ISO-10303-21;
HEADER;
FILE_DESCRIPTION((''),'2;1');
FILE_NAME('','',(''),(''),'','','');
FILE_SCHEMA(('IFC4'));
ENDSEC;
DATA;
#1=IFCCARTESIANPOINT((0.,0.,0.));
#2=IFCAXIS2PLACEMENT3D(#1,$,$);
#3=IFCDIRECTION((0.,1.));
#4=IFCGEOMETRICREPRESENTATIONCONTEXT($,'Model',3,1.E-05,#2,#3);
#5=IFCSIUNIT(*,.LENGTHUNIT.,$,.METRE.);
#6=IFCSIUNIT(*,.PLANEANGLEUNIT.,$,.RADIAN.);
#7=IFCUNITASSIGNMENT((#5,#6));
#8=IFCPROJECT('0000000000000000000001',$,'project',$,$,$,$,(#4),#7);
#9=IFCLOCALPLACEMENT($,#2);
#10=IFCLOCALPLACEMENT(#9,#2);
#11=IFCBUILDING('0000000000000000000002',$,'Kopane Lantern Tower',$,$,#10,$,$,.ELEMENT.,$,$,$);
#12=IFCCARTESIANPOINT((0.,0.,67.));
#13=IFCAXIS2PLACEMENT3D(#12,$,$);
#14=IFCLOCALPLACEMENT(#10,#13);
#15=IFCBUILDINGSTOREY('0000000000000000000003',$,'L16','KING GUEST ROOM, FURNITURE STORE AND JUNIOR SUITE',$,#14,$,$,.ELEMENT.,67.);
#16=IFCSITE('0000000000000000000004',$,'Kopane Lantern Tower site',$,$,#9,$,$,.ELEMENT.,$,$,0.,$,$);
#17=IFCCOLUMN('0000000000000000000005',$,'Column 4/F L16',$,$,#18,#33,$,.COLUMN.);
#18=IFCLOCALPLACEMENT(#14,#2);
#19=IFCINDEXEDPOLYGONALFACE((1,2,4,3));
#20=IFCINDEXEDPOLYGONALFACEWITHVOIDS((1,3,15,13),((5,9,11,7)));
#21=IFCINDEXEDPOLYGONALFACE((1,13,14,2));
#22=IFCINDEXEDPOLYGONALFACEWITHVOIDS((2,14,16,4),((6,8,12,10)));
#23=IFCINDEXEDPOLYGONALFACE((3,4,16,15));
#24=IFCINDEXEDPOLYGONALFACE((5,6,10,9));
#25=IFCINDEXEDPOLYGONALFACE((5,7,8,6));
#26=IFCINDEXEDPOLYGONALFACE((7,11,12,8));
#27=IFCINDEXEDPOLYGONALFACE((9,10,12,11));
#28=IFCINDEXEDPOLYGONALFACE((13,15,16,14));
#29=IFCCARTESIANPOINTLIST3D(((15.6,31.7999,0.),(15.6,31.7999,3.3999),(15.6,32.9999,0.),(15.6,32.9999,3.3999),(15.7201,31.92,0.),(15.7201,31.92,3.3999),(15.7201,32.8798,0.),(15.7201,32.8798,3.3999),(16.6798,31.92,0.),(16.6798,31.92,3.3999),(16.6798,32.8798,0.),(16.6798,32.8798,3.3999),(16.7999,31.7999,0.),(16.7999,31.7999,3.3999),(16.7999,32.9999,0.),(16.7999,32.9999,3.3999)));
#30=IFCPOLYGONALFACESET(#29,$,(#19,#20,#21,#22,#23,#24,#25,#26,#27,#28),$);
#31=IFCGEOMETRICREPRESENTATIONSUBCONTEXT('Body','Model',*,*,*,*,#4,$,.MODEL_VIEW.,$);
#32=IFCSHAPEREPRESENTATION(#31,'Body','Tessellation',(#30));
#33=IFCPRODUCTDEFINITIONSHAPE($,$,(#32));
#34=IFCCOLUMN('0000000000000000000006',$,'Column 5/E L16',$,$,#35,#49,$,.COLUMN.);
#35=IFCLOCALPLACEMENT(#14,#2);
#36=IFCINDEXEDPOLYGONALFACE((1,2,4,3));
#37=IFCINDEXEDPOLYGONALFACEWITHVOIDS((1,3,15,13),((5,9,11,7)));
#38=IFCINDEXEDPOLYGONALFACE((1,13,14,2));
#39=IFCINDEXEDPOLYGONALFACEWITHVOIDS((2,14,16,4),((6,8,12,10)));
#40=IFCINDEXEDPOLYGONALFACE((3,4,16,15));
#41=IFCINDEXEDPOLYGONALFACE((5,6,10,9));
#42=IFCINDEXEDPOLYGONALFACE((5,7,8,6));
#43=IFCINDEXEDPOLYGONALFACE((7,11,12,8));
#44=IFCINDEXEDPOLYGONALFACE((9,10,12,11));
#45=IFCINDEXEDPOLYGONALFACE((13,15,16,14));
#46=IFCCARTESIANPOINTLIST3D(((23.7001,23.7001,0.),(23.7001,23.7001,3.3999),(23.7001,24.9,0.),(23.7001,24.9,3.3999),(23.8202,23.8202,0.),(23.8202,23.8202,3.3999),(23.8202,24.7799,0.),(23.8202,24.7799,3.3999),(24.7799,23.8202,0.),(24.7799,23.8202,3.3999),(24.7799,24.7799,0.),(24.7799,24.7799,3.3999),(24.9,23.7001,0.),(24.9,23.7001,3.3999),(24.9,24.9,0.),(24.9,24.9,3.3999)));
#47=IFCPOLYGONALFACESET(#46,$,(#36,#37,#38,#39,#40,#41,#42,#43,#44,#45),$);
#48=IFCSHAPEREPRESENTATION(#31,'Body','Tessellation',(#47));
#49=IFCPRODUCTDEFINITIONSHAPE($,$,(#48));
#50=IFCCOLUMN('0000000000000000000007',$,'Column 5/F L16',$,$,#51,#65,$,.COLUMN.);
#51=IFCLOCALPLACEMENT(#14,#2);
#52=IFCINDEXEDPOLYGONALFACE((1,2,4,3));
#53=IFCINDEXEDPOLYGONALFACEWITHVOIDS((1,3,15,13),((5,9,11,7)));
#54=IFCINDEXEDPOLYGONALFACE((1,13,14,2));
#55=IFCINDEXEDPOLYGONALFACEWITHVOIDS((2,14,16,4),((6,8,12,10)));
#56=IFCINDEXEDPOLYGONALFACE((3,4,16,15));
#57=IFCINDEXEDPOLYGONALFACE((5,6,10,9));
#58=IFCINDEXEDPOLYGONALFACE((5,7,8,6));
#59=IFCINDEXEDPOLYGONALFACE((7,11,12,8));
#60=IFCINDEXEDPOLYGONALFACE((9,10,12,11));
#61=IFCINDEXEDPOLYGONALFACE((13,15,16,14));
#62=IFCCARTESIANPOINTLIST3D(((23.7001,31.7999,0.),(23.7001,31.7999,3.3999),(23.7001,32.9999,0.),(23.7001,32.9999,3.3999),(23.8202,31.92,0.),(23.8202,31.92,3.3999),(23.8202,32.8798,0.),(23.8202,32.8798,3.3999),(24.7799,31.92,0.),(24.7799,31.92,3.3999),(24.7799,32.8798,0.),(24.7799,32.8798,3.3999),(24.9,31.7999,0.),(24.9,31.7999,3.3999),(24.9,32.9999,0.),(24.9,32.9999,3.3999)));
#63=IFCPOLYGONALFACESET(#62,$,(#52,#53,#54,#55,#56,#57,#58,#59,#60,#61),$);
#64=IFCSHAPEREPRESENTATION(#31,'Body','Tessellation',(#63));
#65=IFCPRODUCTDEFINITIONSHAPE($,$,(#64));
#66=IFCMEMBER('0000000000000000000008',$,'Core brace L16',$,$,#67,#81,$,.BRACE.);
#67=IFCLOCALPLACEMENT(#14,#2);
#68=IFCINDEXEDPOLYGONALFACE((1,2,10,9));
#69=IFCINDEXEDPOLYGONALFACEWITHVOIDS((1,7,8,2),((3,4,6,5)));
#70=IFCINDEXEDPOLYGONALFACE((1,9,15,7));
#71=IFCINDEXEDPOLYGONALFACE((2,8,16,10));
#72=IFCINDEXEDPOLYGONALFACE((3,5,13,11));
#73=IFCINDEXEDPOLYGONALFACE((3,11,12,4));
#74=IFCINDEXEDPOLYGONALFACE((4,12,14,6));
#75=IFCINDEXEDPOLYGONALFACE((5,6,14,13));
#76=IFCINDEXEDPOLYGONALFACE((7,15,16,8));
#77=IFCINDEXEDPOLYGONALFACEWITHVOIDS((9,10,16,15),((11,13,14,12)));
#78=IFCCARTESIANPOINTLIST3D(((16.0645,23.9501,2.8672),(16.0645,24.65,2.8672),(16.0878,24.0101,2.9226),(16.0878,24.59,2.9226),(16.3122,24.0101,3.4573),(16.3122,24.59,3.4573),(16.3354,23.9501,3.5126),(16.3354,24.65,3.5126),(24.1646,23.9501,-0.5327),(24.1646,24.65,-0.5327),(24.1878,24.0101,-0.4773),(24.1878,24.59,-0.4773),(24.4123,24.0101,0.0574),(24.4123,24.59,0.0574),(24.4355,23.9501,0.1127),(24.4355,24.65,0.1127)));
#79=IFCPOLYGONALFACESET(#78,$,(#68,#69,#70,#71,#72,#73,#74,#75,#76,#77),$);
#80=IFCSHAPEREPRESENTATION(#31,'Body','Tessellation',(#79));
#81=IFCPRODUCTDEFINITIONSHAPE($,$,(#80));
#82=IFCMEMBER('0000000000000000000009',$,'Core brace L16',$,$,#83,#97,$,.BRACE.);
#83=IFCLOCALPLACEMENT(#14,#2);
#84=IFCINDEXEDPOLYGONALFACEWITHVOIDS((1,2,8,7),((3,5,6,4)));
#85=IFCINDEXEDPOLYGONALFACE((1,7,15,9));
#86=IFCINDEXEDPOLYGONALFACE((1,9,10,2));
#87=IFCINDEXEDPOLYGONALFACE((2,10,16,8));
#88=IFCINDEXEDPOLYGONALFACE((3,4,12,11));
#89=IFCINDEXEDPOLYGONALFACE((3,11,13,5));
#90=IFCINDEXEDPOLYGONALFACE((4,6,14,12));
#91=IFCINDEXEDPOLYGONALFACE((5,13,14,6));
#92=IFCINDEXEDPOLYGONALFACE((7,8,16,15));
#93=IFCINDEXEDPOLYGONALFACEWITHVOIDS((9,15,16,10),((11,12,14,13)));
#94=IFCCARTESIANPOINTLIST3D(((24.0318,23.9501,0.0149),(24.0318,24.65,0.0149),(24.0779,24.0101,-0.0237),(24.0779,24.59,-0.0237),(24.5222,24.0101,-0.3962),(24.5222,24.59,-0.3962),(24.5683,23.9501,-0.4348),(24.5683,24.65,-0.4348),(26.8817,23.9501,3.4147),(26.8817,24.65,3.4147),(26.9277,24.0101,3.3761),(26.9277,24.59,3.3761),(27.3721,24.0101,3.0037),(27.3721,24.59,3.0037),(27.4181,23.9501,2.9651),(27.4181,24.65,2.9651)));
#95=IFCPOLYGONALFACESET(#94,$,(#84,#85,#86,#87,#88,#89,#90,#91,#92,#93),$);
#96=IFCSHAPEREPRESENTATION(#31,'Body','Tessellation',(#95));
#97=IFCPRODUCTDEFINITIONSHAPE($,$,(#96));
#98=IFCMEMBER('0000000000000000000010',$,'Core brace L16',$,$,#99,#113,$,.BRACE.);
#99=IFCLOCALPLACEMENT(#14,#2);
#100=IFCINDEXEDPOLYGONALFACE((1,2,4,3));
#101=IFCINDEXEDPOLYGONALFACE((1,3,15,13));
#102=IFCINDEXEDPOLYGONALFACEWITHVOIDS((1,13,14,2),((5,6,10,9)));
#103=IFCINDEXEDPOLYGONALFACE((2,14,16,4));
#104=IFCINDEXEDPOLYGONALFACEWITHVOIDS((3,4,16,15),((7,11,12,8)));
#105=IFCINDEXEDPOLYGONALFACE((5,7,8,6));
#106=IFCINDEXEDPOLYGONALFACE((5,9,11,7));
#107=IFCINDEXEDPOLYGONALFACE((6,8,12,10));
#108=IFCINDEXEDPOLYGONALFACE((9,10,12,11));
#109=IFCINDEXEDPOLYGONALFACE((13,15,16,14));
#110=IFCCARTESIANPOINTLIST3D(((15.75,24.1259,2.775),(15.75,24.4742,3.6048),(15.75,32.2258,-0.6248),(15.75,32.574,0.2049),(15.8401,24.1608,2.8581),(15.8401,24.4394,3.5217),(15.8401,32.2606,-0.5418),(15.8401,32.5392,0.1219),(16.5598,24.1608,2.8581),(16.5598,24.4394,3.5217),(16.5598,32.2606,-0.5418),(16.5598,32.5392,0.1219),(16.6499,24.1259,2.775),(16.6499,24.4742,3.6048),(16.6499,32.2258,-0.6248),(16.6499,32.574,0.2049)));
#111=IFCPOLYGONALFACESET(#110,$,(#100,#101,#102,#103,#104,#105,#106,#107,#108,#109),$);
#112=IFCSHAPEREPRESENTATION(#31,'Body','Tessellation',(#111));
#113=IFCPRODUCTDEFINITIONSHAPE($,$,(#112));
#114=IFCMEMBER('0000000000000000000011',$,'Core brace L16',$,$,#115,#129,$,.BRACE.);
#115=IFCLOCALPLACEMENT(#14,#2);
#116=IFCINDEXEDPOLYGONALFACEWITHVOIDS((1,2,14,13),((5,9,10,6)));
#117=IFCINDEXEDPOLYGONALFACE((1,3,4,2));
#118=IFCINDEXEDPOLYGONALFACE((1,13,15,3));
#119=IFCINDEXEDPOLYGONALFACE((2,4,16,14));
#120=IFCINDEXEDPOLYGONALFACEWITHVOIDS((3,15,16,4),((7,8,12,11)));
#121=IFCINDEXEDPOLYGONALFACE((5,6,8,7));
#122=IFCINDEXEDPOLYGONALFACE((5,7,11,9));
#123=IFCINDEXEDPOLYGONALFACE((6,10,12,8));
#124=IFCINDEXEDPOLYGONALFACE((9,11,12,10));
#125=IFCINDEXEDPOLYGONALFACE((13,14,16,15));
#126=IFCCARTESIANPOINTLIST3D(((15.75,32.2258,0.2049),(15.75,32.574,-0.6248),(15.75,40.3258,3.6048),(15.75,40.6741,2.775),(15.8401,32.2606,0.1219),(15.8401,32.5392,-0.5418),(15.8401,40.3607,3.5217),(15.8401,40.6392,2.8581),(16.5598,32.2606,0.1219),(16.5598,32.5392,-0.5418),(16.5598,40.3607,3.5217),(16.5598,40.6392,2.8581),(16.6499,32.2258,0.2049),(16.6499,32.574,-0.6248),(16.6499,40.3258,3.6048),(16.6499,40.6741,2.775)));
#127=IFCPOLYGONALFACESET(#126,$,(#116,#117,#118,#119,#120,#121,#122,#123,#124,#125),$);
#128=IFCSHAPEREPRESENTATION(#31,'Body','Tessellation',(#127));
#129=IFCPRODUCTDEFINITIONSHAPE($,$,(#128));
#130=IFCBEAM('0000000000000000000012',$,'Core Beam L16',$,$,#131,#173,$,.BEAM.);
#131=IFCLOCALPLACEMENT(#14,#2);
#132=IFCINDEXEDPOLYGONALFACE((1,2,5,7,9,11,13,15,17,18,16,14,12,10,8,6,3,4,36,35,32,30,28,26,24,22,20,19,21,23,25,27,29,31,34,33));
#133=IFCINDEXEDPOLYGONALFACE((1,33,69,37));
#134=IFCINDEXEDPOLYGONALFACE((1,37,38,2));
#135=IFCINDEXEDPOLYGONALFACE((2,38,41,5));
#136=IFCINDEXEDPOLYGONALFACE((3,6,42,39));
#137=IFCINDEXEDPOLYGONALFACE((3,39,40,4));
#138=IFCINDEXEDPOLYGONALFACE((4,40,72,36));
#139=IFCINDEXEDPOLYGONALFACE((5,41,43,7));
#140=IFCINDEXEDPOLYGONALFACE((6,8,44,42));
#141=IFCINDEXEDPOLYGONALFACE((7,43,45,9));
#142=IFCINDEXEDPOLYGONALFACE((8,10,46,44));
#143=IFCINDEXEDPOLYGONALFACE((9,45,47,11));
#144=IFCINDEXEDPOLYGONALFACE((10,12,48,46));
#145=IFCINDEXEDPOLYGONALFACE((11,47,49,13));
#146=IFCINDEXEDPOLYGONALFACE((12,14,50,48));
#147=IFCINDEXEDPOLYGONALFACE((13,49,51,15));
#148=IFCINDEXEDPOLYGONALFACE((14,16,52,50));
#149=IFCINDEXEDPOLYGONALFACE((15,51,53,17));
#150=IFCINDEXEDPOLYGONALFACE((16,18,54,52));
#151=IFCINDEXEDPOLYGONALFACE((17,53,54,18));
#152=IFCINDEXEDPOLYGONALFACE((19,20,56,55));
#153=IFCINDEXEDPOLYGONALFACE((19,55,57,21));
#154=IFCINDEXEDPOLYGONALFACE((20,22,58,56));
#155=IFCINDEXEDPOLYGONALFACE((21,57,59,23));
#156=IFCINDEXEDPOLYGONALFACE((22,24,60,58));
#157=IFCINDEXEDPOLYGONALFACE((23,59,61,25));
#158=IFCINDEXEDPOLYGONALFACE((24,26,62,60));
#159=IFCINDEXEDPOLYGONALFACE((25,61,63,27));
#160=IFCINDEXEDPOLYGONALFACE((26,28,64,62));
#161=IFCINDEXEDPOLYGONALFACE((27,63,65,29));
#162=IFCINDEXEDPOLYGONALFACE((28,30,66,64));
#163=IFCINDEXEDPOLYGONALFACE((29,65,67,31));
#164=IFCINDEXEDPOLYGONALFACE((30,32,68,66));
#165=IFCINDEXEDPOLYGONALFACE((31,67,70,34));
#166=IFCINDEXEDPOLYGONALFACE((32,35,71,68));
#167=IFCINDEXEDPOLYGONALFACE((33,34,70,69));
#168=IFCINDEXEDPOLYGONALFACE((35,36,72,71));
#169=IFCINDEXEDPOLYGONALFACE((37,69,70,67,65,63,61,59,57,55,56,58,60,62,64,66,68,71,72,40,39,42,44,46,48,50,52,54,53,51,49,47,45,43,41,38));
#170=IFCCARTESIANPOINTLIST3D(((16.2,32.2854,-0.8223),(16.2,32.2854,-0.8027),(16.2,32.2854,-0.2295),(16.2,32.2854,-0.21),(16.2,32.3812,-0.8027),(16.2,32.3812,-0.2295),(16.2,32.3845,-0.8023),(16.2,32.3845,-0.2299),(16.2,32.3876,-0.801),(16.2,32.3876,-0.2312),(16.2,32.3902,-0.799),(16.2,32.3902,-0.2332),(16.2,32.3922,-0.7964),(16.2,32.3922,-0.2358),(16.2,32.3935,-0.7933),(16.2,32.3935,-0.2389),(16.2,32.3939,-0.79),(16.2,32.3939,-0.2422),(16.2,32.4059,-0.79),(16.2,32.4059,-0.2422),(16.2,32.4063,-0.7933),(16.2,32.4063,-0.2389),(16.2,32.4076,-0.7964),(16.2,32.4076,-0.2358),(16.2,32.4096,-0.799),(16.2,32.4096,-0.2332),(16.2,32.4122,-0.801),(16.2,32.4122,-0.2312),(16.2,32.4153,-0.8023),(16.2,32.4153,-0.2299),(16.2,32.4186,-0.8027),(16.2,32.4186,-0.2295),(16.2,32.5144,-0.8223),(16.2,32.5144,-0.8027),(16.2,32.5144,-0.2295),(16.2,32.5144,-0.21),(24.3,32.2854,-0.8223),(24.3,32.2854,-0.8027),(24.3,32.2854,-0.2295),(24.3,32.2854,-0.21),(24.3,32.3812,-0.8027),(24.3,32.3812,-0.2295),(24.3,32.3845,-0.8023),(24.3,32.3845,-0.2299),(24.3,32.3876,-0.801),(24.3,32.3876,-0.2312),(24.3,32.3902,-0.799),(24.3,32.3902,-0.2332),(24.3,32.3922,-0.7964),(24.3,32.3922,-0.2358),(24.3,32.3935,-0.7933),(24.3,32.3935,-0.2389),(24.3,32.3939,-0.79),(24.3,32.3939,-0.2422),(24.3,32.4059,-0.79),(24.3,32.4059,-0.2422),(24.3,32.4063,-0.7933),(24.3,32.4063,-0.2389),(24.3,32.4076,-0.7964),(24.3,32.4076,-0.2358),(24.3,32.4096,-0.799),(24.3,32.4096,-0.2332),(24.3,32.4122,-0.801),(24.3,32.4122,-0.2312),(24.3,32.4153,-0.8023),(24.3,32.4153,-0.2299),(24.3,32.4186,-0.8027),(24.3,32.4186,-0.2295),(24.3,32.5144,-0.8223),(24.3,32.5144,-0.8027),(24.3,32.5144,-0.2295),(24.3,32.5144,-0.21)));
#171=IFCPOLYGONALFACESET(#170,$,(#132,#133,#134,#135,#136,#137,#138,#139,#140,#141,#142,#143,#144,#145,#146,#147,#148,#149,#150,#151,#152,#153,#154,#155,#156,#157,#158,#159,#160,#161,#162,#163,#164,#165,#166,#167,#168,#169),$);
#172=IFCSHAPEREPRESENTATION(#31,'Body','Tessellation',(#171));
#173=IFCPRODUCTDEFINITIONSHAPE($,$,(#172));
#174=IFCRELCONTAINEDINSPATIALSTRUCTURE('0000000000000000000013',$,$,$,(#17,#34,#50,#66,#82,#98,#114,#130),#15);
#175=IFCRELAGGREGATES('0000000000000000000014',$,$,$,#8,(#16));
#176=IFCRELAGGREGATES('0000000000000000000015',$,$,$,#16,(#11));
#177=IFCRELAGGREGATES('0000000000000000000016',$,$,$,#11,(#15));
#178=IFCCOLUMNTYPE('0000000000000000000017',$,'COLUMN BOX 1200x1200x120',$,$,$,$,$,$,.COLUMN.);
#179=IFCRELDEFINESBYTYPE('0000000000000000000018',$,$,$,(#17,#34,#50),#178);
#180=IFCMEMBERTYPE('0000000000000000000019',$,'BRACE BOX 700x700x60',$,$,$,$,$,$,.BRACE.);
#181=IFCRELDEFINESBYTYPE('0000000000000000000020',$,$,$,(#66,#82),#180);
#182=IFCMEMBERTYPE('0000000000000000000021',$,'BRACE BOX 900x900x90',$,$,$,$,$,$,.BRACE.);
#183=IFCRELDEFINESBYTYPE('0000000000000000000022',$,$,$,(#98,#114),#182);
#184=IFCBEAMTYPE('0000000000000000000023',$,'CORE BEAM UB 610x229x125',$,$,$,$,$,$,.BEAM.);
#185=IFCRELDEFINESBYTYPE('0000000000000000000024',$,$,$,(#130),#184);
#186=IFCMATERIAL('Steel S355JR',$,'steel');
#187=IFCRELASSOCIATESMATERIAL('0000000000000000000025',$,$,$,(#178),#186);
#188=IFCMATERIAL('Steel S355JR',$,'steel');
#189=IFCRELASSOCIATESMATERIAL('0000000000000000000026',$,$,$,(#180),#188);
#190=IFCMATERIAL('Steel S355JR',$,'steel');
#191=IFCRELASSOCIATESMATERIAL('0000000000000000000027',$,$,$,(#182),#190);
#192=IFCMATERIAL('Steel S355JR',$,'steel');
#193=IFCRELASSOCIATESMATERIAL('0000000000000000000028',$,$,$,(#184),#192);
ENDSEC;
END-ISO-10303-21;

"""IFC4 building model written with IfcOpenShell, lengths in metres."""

from ifc_helpers import new_model, si_unit, direction, frame, origin, origin_2d, place, context, subcontext, project, spatial, hollow_rectangle, i_section, extrude, material, material_profile, profile_set, type_object, element, save


model = new_model("IFC4")

# Units and contexts
model_context = context("Model", 3, precision=1e-05, world=origin(), true_north=direction((0.0, 1.0)))
body_context = subcontext(model_context, "Body", "Model", "MODEL_VIEW")
ifc_project = project(units=[si_unit("LENGTHUNIT", "METRE"), si_unit("PLANEANGLEUNIT", "RADIAN")], contexts=[model_context])

# Site, building, storey
site_placement = place(None, origin())
site = spatial("IfcSite", under=ifc_project, at=site_placement, Name="Kopane Lantern Tower site", CompositionType="ELEMENT", RefElevation=0.0)
building_placement = place(site_placement, origin())
building = spatial("IfcBuilding", under=site, at=building_placement, Name="Kopane Lantern Tower", CompositionType="ELEMENT")
storey_placement = place(building_placement, frame((0.0, 0.0, 67.0)))
storey = spatial("IfcBuildingStorey", under=building, at=storey_placement, Name="L16", Description="KING GUEST ROOM, FURNITURE STORE AND JUNIOR SUITE", CompositionType="ELEMENT", Elevation=67.0)

# Columns
ifc_material_1 = material(Name="Steel S355JR", Category="steel")
ifc_material_profile_1 = material_profile(ifc_material_1, hollow_rectangle(XDim=1.2, YDim=1.2, WallThickness=0.1201, at=origin_2d()), Name="BOX 1200x1200x120")
ifc_profile_set_1 = profile_set([ifc_material_profile_1], Name="Steel S355JR")
column_type = type_object("IfcColumnType", Name="COLUMN BOX 1200x1200x120", PredefinedType="COLUMN", material=ifc_profile_set_1)
for number, where, z_axis, x_axis, name in (
    (1, (16.2, 32.3999, 0.0), (0.0, 0.0, 1.0), (1.0, 0.0, 0.0), "Column 4/F L16"),
    (2, (24.3, 24.3, 0.0), (0.0, 0.0, 1.0), (1.0, 0.0, 0.0), "Column 5/E L16"),
    (3, (24.3, 32.3999, 0.0), (0.0, 0.0, 1.0), (1.0, 0.0, 0.0), "Column 5/F L16"),
):
    element("IfcColumn", number, at=place(storey_placement, frame(where, z_axis=z_axis, x_axis=x_axis)), inside=storey, type_object=column_type, Name=name, PredefinedType="COLUMN", context=body_context, shape_type="SweptSolid", body=[
        extrude(hollow_rectangle(XDim=1.2, YDim=1.2, WallThickness=0.1201, at=origin_2d()), origin(), (0.0, 0.0, 1.0), 3.3999),
    ])

# Members
ifc_material_2 = material(Name="Steel S355JR", Category="steel")
ifc_material_profile_2 = material_profile(ifc_material_2, hollow_rectangle(XDim=0.7, YDim=0.7, WallThickness=0.0601, at=origin_2d()), Name="BOX 700x700x60")
ifc_profile_set_2 = profile_set([ifc_material_profile_2], Name="Steel S355JR")
member_type_1 = type_object("IfcMemberType", Name="BRACE BOX 700x700x60", PredefinedType="BRACE", material=ifc_profile_set_2)
member_1_placement = place(storey_placement, frame((24.3, 24.3, -0.21), z_axis=(-0.922069, 0.0, 0.387026), x_axis=(0.0, -1.0, 0.0)))
element("IfcMember", 4, at=member_1_placement, inside=storey, type_object=member_type_1, Name="Core brace L16", PredefinedType="BRACE", context=body_context, shape_type="SweptSolid", body=[
    extrude(hollow_rectangle(XDim=0.7, YDim=0.7, WallThickness=0.0601, at=origin_2d()), origin(), (0.0, 0.0, 1.0), 8.7847),
])
member_2_placement = place(storey_placement, frame((24.3, 24.3, -0.21), z_axis=(0.64239, 0.0, 0.766378), x_axis=(0.0, 1.0, 0.0)))
element("IfcMember", 5, at=member_2_placement, inside=storey, type_object=member_type_1, Name="Core brace L16", PredefinedType="BRACE", context=body_context, shape_type="SweptSolid", body=[
    extrude(hollow_rectangle(XDim=0.7, YDim=0.7, WallThickness=0.0601, at=origin_2d()), origin(), (0.0, 0.0, 1.0), 4.4363),
])
ifc_material_3 = material(Name="Steel S355JR", Category="steel")
ifc_material_profile_3 = material_profile(ifc_material_3, hollow_rectangle(XDim=0.8999, YDim=0.8999, WallThickness=0.0901, at=origin_2d()), Name="BOX 900x900x90")
ifc_profile_set_3 = profile_set([ifc_material_profile_3], Name="Steel S355JR")
member_type_2 = type_object("IfcMemberType", Name="BRACE BOX 900x900x90", PredefinedType="BRACE", material=ifc_profile_set_3)
member_3_placement = place(storey_placement, frame((16.2, 32.3999, -0.21), z_axis=(0.0, -0.922065, 0.387035), x_axis=(1.0, 0.0, 0.0)))
element("IfcMember", 6, at=member_3_placement, inside=storey, type_object=member_type_2, Name="Core brace L16", PredefinedType="BRACE", context=body_context, shape_type="SweptSolid", body=[
    extrude(hollow_rectangle(XDim=0.8999, YDim=0.8999, WallThickness=0.0901, at=origin_2d()), origin(), (0.0, 0.0, 1.0), 8.7844),
])
member_4_placement = place(storey_placement, frame((16.2, 32.3999, -0.21), z_axis=(0.0, 0.922069, 0.387026), x_axis=(-1.0, 0.0, 0.0)))
element("IfcMember", 7, at=member_4_placement, inside=storey, type_object=member_type_2, Name="Core brace L16", PredefinedType="BRACE", context=body_context, shape_type="SweptSolid", body=[
    extrude(hollow_rectangle(XDim=0.8999, YDim=0.8999, WallThickness=0.0901, at=origin_2d()), origin(), (0.0, 0.0, 1.0), 8.7847),
])

# Beam
ifc_material_4 = material(Name="Steel S355JR", Category="steel")
ifc_material_profile_4 = material_profile(ifc_material_4, i_section(OverallWidth=0.229, OverallDepth=0.6123, WebThickness=0.012, FlangeThickness=0.0195, FilletRadius=0.0127, at=origin_2d()), Name="UB 610x229x125")
ifc_profile_set_4 = profile_set([ifc_material_profile_4], Name="Steel S355JR")
beam_type_1 = type_object("IfcBeamType", Name="CORE BEAM UB 610x229x125", PredefinedType="BEAM", material=ifc_profile_set_4)
beam_1_placement = place(storey_placement, frame((16.2, 32.3999, -0.5161), z_axis=(1.0, 0.0, 0.0), x_axis=(0.0, 1.0, 0.0)))
element("IfcBeam", 8, at=beam_1_placement, inside=storey, type_object=beam_type_1, Name="Core Beam L16", PredefinedType="BEAM", context=body_context, shape_type="SweptSolid", body=[
    extrude(i_section(OverallWidth=0.229, OverallDepth=0.6123, WebThickness=0.012, FlangeThickness=0.0195, FilletRadius=0.0127, at=origin_2d()), origin(), (0.0, 0.0, 1.0), 8.1001),
])

save(model, "model.ifc")
